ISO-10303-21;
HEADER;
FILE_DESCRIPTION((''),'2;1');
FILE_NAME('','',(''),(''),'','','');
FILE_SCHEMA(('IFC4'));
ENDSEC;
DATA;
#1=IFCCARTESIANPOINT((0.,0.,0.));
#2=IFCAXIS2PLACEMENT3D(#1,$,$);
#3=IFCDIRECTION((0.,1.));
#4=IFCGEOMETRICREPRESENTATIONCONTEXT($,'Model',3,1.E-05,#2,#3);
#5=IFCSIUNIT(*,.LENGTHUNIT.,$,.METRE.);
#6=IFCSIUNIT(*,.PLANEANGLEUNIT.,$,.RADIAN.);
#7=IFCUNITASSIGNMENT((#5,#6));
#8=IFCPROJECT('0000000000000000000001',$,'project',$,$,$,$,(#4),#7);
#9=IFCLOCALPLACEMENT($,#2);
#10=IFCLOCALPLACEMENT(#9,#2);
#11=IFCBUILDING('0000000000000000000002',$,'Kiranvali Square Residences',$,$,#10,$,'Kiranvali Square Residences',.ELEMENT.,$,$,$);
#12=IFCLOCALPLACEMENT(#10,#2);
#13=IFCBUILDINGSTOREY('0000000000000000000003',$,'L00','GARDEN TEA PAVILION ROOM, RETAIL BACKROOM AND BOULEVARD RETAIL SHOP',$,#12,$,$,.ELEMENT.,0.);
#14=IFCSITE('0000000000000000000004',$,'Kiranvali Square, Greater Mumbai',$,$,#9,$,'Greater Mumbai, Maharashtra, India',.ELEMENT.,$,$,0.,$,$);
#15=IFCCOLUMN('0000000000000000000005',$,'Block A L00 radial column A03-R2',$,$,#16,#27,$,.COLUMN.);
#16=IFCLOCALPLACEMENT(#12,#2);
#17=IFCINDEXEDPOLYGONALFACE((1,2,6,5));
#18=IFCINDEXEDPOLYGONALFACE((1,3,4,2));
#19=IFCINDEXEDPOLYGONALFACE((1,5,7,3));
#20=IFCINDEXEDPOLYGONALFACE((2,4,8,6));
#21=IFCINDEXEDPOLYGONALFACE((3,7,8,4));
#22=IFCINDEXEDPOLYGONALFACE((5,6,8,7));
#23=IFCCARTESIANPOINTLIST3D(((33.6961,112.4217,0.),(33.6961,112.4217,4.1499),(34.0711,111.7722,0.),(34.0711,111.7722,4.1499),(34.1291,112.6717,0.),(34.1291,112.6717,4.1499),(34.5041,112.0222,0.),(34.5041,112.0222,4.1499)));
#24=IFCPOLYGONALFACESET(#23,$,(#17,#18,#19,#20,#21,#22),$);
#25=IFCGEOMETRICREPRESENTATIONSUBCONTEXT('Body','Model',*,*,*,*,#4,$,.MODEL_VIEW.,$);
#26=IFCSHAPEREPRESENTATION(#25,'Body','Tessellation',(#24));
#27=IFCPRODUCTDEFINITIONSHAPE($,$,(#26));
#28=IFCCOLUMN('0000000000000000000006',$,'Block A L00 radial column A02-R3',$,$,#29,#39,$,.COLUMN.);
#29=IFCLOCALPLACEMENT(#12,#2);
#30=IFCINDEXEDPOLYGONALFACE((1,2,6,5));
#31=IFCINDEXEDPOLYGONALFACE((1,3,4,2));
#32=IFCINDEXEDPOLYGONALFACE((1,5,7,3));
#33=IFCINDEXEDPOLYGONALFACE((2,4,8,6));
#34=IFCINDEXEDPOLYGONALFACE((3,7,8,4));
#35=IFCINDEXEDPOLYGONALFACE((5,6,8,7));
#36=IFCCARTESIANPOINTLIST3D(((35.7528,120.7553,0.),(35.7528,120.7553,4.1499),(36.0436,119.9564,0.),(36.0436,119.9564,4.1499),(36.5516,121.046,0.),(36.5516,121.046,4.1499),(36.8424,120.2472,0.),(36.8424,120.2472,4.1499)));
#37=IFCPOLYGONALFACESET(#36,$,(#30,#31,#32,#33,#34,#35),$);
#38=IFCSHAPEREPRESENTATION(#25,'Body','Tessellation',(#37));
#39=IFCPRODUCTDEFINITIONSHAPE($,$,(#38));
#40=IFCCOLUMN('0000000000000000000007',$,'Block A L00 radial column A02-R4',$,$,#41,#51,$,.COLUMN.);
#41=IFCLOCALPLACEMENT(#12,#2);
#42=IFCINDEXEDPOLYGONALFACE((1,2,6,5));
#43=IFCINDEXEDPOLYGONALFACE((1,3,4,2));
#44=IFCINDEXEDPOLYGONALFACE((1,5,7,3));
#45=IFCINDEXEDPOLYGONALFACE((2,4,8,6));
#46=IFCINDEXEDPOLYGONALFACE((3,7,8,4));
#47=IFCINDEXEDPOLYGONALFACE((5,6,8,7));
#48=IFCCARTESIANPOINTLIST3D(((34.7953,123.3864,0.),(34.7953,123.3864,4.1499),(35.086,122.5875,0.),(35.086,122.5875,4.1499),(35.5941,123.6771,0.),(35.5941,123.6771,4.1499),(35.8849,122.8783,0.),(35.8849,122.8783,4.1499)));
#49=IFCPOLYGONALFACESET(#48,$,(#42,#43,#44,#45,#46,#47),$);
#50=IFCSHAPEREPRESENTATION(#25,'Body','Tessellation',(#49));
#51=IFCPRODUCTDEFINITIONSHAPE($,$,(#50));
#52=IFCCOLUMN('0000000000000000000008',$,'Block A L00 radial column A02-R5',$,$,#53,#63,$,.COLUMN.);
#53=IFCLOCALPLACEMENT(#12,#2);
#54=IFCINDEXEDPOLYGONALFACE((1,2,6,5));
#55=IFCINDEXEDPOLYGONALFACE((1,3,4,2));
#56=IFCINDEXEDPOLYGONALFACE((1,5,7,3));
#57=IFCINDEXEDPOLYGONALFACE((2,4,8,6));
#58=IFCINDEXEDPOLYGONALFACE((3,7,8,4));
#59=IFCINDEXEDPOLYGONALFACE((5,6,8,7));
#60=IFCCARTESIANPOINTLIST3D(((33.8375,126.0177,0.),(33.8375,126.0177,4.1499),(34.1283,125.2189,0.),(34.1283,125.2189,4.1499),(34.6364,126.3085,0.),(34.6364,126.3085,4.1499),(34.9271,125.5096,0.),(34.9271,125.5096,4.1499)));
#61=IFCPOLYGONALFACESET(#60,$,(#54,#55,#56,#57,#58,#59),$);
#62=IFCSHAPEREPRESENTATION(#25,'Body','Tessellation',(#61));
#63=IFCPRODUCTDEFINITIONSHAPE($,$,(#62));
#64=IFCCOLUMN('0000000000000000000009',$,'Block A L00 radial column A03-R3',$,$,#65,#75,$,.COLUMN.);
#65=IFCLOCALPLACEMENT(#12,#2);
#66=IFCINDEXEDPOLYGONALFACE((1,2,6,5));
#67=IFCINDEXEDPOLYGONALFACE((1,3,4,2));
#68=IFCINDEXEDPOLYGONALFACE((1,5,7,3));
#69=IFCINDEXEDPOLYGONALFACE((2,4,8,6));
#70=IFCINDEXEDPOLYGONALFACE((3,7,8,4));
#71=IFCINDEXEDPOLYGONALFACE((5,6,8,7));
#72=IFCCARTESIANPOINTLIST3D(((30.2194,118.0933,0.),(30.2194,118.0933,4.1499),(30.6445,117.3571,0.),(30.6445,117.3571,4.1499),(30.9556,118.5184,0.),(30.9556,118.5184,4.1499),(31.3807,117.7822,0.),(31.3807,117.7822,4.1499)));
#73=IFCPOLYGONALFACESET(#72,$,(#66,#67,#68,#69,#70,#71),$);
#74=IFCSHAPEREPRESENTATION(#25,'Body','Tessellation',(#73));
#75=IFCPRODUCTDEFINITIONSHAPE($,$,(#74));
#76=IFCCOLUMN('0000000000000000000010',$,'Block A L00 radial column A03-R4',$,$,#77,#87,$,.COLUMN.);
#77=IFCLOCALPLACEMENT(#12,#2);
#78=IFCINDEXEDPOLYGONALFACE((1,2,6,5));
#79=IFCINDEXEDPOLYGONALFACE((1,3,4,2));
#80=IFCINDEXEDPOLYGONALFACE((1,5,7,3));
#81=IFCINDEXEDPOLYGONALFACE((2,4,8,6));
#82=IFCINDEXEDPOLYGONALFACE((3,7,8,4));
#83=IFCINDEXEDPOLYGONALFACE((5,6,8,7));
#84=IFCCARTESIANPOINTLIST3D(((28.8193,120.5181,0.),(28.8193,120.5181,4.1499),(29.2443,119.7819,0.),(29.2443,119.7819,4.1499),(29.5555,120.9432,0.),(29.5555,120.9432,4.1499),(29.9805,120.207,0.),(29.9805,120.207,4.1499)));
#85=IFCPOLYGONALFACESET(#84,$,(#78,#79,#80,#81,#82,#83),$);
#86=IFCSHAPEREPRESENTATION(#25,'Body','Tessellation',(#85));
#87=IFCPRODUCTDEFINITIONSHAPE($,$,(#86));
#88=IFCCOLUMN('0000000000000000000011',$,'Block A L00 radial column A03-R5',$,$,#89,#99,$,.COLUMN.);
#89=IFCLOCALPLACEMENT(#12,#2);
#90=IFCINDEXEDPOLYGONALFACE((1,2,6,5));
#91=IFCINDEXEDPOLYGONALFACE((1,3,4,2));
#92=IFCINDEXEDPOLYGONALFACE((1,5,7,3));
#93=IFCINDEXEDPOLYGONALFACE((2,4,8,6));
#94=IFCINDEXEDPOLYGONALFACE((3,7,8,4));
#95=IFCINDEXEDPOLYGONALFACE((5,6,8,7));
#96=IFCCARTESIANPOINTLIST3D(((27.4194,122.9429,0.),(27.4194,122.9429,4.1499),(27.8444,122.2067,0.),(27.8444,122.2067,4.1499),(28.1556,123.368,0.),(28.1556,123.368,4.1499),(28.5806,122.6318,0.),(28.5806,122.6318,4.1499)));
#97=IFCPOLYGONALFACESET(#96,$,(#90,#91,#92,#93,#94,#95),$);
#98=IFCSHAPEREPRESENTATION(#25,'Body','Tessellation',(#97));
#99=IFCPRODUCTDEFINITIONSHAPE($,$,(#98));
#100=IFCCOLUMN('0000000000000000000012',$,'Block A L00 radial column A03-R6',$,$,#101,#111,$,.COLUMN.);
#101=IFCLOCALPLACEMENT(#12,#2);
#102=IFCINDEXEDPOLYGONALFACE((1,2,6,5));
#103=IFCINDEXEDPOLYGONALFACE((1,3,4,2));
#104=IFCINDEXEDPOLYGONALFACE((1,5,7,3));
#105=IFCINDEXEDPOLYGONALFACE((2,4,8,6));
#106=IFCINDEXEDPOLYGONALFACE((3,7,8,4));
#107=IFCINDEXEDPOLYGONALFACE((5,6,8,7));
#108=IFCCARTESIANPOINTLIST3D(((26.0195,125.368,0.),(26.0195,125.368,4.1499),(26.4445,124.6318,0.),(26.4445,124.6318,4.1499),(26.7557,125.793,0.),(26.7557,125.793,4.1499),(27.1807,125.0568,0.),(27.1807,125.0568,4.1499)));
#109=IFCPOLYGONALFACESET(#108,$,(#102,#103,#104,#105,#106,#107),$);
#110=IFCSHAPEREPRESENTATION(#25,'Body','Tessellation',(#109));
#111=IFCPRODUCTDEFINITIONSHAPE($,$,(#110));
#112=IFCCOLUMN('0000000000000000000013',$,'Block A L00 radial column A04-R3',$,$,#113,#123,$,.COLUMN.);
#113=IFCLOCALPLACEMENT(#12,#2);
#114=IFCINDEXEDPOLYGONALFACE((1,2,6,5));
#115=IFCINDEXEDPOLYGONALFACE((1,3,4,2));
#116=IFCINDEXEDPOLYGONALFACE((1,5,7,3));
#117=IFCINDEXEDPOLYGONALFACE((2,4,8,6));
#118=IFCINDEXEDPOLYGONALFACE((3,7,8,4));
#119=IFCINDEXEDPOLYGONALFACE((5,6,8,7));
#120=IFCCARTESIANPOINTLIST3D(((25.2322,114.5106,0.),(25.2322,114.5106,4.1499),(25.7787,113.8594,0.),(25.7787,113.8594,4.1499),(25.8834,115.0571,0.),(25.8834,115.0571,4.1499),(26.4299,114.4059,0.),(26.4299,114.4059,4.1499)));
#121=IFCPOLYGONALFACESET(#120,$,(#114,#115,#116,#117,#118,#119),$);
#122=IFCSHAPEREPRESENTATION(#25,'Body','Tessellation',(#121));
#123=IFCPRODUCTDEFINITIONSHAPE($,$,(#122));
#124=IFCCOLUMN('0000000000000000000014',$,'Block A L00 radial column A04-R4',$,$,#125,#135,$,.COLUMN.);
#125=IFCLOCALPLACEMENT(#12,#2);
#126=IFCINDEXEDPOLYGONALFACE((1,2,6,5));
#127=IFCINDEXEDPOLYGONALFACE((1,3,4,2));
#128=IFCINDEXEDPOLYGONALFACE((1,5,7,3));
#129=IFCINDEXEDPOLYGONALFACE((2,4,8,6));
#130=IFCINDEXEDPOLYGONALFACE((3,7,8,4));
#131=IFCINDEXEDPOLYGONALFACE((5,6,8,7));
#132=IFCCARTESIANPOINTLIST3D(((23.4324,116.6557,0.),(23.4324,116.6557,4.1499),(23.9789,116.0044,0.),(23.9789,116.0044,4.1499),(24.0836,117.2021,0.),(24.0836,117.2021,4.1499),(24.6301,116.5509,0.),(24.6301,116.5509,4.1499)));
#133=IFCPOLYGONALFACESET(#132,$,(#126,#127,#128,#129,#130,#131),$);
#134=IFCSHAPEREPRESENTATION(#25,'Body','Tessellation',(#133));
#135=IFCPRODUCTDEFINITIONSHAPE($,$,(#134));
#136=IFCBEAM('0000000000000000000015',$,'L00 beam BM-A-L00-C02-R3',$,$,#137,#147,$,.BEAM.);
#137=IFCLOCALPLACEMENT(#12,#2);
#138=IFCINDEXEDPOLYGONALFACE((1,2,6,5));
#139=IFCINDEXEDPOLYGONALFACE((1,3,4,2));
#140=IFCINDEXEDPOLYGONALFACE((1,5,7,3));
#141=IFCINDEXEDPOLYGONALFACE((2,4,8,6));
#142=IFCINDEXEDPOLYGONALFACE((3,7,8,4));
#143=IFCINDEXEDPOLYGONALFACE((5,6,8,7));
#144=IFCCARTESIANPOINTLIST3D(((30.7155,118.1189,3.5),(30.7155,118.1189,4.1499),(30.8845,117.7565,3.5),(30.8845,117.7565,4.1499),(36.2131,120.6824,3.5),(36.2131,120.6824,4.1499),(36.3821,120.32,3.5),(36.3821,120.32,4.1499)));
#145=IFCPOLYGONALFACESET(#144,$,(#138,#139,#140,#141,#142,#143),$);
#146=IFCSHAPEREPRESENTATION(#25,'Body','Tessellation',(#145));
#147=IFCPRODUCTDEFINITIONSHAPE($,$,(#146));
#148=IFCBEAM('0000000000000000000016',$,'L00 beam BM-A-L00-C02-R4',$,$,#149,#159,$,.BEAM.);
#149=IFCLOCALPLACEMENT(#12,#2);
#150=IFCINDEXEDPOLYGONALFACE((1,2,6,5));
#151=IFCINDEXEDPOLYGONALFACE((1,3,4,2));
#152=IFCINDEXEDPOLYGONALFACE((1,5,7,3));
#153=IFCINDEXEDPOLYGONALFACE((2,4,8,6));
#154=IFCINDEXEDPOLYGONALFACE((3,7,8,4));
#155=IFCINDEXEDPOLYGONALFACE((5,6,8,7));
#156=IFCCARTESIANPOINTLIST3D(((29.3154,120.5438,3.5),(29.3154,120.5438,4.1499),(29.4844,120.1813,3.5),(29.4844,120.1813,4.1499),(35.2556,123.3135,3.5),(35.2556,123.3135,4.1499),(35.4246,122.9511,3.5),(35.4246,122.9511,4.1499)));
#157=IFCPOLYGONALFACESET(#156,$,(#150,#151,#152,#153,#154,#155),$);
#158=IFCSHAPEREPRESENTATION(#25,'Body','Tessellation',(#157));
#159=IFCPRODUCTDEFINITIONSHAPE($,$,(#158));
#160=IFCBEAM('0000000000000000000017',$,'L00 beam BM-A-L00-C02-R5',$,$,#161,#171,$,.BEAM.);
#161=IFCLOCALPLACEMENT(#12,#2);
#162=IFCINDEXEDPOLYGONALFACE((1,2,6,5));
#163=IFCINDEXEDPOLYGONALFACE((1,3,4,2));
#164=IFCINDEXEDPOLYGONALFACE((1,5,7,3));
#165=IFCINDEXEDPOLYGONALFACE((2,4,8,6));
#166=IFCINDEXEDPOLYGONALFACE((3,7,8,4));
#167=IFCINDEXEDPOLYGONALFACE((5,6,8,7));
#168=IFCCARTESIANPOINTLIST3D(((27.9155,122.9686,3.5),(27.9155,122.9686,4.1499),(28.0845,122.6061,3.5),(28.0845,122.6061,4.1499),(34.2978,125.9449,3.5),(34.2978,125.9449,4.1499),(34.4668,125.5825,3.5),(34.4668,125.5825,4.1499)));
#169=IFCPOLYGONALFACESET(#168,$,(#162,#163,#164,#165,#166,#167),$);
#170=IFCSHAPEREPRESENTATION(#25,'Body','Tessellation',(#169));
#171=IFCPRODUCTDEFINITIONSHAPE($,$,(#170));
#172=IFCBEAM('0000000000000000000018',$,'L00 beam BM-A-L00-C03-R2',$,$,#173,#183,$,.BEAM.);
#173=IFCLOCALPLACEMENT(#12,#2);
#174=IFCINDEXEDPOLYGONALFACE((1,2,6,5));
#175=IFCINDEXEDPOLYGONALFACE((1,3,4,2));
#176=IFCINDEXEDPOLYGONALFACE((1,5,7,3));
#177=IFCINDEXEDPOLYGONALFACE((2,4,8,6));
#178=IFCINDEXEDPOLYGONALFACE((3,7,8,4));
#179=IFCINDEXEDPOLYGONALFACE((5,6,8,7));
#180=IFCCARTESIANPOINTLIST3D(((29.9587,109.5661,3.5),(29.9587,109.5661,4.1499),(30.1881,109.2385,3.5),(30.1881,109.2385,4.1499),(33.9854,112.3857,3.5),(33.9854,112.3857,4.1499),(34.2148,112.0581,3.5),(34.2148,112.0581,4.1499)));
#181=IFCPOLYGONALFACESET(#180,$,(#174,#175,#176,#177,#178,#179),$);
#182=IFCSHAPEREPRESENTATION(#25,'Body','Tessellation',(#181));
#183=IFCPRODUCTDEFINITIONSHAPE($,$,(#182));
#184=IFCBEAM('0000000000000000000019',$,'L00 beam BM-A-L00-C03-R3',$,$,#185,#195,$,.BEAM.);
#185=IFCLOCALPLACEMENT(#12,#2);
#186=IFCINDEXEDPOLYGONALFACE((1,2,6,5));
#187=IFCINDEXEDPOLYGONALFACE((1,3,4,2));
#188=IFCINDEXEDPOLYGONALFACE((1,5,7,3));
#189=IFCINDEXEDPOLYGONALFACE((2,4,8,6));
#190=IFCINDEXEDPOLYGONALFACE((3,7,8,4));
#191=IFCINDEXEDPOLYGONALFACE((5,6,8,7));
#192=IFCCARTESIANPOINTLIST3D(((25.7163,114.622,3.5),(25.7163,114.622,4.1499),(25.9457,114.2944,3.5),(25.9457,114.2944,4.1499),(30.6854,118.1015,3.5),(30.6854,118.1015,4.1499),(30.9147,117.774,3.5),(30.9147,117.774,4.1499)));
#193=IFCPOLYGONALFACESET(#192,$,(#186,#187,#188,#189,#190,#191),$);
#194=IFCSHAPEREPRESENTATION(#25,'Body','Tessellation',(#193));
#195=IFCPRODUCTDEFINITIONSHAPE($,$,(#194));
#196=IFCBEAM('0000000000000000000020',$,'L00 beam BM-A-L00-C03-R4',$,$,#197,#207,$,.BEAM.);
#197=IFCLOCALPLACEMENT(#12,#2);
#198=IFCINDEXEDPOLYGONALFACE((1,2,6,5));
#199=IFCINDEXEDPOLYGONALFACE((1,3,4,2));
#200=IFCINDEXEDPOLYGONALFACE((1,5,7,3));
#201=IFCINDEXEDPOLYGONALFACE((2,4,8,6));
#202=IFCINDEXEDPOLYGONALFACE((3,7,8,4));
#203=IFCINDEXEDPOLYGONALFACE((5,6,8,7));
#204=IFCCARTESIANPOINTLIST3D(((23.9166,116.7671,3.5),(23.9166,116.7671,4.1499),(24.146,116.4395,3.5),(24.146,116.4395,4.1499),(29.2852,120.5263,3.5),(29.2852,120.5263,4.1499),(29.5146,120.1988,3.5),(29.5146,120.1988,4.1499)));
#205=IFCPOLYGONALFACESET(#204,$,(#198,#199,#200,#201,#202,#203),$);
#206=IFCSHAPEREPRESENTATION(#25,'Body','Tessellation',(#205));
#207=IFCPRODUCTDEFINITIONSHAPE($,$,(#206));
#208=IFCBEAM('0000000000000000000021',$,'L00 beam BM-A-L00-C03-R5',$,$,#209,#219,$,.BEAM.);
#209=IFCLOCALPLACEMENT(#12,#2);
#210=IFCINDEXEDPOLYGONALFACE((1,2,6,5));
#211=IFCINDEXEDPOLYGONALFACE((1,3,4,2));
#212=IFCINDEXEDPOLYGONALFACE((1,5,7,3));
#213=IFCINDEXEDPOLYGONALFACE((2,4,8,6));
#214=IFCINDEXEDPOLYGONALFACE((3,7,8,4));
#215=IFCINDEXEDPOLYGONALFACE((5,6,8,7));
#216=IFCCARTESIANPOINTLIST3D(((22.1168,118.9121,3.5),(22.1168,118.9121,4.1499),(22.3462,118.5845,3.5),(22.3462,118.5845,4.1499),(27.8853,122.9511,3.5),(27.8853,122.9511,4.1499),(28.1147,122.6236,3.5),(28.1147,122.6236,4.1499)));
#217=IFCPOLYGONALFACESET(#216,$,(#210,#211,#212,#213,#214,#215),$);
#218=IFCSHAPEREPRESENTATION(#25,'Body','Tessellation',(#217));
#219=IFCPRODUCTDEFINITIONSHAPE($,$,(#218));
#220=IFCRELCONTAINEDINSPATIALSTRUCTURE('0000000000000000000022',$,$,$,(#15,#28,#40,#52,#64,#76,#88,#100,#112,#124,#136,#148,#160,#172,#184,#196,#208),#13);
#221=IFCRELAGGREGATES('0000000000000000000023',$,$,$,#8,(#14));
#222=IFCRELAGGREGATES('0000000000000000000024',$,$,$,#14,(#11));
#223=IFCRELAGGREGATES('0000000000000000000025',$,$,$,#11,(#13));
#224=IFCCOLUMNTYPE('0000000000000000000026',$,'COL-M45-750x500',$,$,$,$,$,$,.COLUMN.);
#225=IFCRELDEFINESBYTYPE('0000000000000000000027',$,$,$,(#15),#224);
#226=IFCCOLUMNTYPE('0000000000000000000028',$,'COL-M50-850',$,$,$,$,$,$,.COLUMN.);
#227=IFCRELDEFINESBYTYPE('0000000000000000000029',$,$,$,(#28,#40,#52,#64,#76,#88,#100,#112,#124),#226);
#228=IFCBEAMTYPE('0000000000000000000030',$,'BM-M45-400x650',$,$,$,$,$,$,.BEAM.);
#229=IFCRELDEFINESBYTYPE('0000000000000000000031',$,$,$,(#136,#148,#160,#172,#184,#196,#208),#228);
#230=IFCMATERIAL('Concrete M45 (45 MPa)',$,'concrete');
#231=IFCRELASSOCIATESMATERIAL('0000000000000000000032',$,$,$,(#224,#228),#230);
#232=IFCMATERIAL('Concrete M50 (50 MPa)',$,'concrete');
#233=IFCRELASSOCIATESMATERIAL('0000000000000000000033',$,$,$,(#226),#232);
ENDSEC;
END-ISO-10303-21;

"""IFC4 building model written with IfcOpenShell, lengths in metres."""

from ifc_helpers import new_model, si_unit, direction, frame, origin, origin_2d, place, context, subcontext, project, spatial, rectangle, extrude, material, material_profile, profile_set, type_object, element, save


model = new_model("IFC4")

# Units and contexts
model_context = context("Model", 3, precision=1e-05, world=origin(), true_north=direction((0.0, 1.0)))
body_context = subcontext(model_context, "Body", "Model", "MODEL_VIEW")
ifc_project = project(units=[si_unit("LENGTHUNIT", "METRE"), si_unit("PLANEANGLEUNIT", "RADIAN")], contexts=[model_context])

# Site, building, storey
site_placement = place(None, origin())
site = spatial("IfcSite", under=ifc_project, at=site_placement, Name="Kiranvali Square, Greater Mumbai", LongName="Greater Mumbai, Maharashtra, India", CompositionType="ELEMENT", RefElevation=0.0)
building_placement = place(site_placement, origin())
building = spatial("IfcBuilding", under=site, at=building_placement, Name="Kiranvali Square Residences", LongName="Kiranvali Square Residences", CompositionType="ELEMENT")
storey_placement = place(building_placement, origin())
storey = spatial("IfcBuildingStorey", under=building, at=storey_placement, Name="L00", Description="GARDEN TEA PAVILION ROOM, RETAIL BACKROOM AND BOULEVARD RETAIL SHOP", CompositionType="ELEMENT", Elevation=0.0)

# Columns
ifc_material_1 = material(Name="Concrete M45 (45 MPa)", Category="concrete")
ifc_material_profile_1 = material_profile(ifc_material_1, rectangle(XDim=0.5, YDim=0.75, at=origin_2d()), Name="RC 750x500")
ifc_profile_set_1 = profile_set([ifc_material_profile_1], Name="Concrete M45 (45 MPa)")
column_type_1 = type_object("IfcColumnType", Name="COL-M45-750x500", PredefinedType="COLUMN", material=ifc_profile_set_1)
column_placement = place(storey_placement, frame((34.1001, 112.2219, 0.0), z_axis=(0.0, 0.0, 1.0), x_axis=(0.866025, 0.5, 0.0)))
element("IfcColumn", 1, at=column_placement, inside=storey, type_object=column_type_1, Name="Block A L00 radial column A03-R2", PredefinedType="COLUMN", context=body_context, shape_type="SweptSolid", body=[
    extrude(rectangle(XDim=0.5, YDim=0.75, at=origin_2d()), origin(), (0.0, 0.0, 1.0), 4.1499),
])
ifc_material_2 = material(Name="Concrete M50 (50 MPa)", Category="concrete")
ifc_material_profile_2 = material_profile(ifc_material_2, rectangle(XDim=0.8501, YDim=0.8501, at=origin_2d()), Name="RC 850x850")
ifc_profile_set_2 = profile_set([ifc_material_profile_2], Name="Concrete M50 (50 MPa)")
column_type_2 = type_object("IfcColumnType", Name="COL-M50-850", PredefinedType="COLUMN", material=ifc_profile_set_2)
for number, where, z_axis, x_axis, name in (
    (2, (36.2976, 120.5012, 0.0), (0.0, 0.0, 1.0), (0.939693, 0.34202, 0.0), "Block A L00 radial column A02-R3"),
    (3, (35.3401, 123.1323, 0.0), (0.0, 0.0, 1.0), (0.939693, 0.34202, 0.0), "Block A L00 radial column A02-R4"),
    (4, (34.3823, 125.7637, 0.0), (0.0, 0.0, 1.0), (0.939693, 0.34202, 0.0), "Block A L00 radial column A02-R5"),
    (5, (30.8, 117.9377, 0.0), (0.0, 0.0, 1.0), (0.866025, 0.5, 0.0), "Block A L00 radial column A03-R3"),
    (6, (29.3999, 120.3625, 0.0), (0.0, 0.0, 1.0), (0.866025, 0.5, 0.0), "Block A L00 radial column A03-R4"),
    (7, (28.0, 122.7874, 0.0), (0.0, 0.0, 1.0), (0.866025, 0.5, 0.0), "Block A L00 radial column A03-R5"),
    (8, (26.6001, 125.2124, 0.0), (0.0, 0.0, 1.0), (0.866025, 0.5, 0.0), "Block A L00 radial column A03-R6"),
    (9, (25.8311, 114.4583, 0.0), (0.0, 0.0, 1.0), (0.766044, 0.642788, 0.0), "Block A L00 radial column A04-R3"),
    (10, (24.0312, 116.6033, 0.0), (0.0, 0.0, 1.0), (0.766044, 0.642788, 0.0), "Block A L00 radial column A04-R4"),
):
    element("IfcColumn", number, at=place(storey_placement, frame(where, z_axis=z_axis, x_axis=x_axis)), inside=storey, type_object=column_type_2, Name=name, PredefinedType="COLUMN", context=body_context, shape_type="SweptSolid", body=[
        extrude(rectangle(XDim=0.8501, YDim=0.8501, at=origin_2d()), origin(), (0.0, 0.0, 1.0), 4.1499),
    ])

# Beams
ifc_material_profile_3 = material_profile(ifc_material_1, rectangle(XDim=0.3999, YDim=0.6499, at=origin_2d()), Name="RC 400x650")
ifc_profile_set_3 = profile_set([ifc_material_profile_3], Name="Concrete M45 (45 MPa)")
beam_type = type_object("IfcBeamType", Name="BM-M45-400x650", PredefinedType="BEAM", material=ifc_profile_set_3)
beam_1_placement = place(storey_placement, frame((36.2976, 120.5012, 3.825), z_axis=(-0.906313, -0.422608, 0.0), x_axis=(0.422608, -0.906313, 0.0)))
element("IfcBeam", 11, at=beam_1_placement, inside=storey, type_object=beam_type, Name="L00 beam BM-A-L00-C02-R3", PredefinedType="BEAM", context=body_context, shape_type="SweptSolid", body=[
    extrude(rectangle(XDim=0.3999, YDim=0.6499, at=origin_2d()), origin(), (0.0, 0.0, 1.0), 6.0659),
])
beam_2_placement = place(storey_placement, frame((35.3401, 123.1323, 3.825), z_axis=(-0.906318, -0.422596, 0.0), x_axis=(0.422596, -0.906318, 0.0)))
element("IfcBeam", 12, at=beam_2_placement, inside=storey, type_object=beam_type, Name="L00 beam BM-A-L00-C02-R4", PredefinedType="BEAM", context=body_context, shape_type="SweptSolid", body=[
    extrude(rectangle(XDim=0.3999, YDim=0.6499, at=origin_2d()), origin(), (0.0, 0.0, 1.0), 6.5542),
])
beam_3_placement = place(storey_placement, frame((34.3823, 125.7637, 3.825), z_axis=(-0.906297, -0.422641, 0.0), x_axis=(0.422641, -0.906297, 0.0)))
element("IfcBeam", 13, at=beam_3_placement, inside=storey, type_object=beam_type, Name="L00 beam BM-A-L00-C02-R5", PredefinedType="BEAM", context=body_context, shape_type="SweptSolid", body=[
    extrude(rectangle(XDim=0.3999, YDim=0.6499, at=origin_2d()), origin(), (0.0, 0.0, 1.0), 7.0422),
])
beam_4_placement = place(storey_placement, frame((34.1001, 112.2219, 3.825), z_axis=(-0.819141, -0.573592, 0.0), x_axis=(0.573592, -0.819141, 0.0)))
element("IfcBeam", 14, at=beam_4_placement, inside=storey, type_object=beam_type, Name="L00 beam BM-A-L00-C03-R2", PredefinedType="BEAM", context=body_context, shape_type="SweptSolid", body=[
    extrude(rectangle(XDim=0.3999, YDim=0.6499, at=origin_2d()), origin(), (0.0, 0.0, 1.0), 4.9158),
])
beam_5_placement = place(storey_placement, frame((30.8, 117.9377, 3.825), z_axis=(-0.819139, -0.573595, 0.0), x_axis=(0.573595, -0.819139, 0.0)))
element("IfcBeam", 15, at=beam_5_placement, inside=storey, type_object=beam_type, Name="L00 beam BM-A-L00-C03-R3", PredefinedType="BEAM", context=body_context, shape_type="SweptSolid", body=[
    extrude(rectangle(XDim=0.3999, YDim=0.6499, at=origin_2d()), origin(), (0.0, 0.0, 1.0), 6.0662),
])
beam_6_placement = place(storey_placement, frame((29.3999, 120.3625, 3.825), z_axis=(-0.819144, -0.573587, 0.0), x_axis=(0.573587, -0.819144, 0.0)))
element("IfcBeam", 16, at=beam_6_placement, inside=storey, type_object=beam_type, Name="L00 beam BM-A-L00-C03-R4", PredefinedType="BEAM", context=body_context, shape_type="SweptSolid", body=[
    extrude(rectangle(XDim=0.3999, YDim=0.6499, at=origin_2d()), origin(), (0.0, 0.0, 1.0), 6.554),
])
beam_7_placement = place(storey_placement, frame((28.0, 122.7874, 3.825), z_axis=(-0.81916, -0.573565, 0.0), x_axis=(0.573565, -0.81916, 0.0)))
element("IfcBeam", 17, at=beam_7_placement, inside=storey, type_object=beam_type, Name="L00 beam BM-A-L00-C03-R5", PredefinedType="BEAM", context=body_context, shape_type="SweptSolid", body=[
    extrude(rectangle(XDim=0.3999, YDim=0.6499, at=origin_2d()), origin(), (0.0, 0.0, 1.0), 7.042),
])

save(model, "model.ifc")
